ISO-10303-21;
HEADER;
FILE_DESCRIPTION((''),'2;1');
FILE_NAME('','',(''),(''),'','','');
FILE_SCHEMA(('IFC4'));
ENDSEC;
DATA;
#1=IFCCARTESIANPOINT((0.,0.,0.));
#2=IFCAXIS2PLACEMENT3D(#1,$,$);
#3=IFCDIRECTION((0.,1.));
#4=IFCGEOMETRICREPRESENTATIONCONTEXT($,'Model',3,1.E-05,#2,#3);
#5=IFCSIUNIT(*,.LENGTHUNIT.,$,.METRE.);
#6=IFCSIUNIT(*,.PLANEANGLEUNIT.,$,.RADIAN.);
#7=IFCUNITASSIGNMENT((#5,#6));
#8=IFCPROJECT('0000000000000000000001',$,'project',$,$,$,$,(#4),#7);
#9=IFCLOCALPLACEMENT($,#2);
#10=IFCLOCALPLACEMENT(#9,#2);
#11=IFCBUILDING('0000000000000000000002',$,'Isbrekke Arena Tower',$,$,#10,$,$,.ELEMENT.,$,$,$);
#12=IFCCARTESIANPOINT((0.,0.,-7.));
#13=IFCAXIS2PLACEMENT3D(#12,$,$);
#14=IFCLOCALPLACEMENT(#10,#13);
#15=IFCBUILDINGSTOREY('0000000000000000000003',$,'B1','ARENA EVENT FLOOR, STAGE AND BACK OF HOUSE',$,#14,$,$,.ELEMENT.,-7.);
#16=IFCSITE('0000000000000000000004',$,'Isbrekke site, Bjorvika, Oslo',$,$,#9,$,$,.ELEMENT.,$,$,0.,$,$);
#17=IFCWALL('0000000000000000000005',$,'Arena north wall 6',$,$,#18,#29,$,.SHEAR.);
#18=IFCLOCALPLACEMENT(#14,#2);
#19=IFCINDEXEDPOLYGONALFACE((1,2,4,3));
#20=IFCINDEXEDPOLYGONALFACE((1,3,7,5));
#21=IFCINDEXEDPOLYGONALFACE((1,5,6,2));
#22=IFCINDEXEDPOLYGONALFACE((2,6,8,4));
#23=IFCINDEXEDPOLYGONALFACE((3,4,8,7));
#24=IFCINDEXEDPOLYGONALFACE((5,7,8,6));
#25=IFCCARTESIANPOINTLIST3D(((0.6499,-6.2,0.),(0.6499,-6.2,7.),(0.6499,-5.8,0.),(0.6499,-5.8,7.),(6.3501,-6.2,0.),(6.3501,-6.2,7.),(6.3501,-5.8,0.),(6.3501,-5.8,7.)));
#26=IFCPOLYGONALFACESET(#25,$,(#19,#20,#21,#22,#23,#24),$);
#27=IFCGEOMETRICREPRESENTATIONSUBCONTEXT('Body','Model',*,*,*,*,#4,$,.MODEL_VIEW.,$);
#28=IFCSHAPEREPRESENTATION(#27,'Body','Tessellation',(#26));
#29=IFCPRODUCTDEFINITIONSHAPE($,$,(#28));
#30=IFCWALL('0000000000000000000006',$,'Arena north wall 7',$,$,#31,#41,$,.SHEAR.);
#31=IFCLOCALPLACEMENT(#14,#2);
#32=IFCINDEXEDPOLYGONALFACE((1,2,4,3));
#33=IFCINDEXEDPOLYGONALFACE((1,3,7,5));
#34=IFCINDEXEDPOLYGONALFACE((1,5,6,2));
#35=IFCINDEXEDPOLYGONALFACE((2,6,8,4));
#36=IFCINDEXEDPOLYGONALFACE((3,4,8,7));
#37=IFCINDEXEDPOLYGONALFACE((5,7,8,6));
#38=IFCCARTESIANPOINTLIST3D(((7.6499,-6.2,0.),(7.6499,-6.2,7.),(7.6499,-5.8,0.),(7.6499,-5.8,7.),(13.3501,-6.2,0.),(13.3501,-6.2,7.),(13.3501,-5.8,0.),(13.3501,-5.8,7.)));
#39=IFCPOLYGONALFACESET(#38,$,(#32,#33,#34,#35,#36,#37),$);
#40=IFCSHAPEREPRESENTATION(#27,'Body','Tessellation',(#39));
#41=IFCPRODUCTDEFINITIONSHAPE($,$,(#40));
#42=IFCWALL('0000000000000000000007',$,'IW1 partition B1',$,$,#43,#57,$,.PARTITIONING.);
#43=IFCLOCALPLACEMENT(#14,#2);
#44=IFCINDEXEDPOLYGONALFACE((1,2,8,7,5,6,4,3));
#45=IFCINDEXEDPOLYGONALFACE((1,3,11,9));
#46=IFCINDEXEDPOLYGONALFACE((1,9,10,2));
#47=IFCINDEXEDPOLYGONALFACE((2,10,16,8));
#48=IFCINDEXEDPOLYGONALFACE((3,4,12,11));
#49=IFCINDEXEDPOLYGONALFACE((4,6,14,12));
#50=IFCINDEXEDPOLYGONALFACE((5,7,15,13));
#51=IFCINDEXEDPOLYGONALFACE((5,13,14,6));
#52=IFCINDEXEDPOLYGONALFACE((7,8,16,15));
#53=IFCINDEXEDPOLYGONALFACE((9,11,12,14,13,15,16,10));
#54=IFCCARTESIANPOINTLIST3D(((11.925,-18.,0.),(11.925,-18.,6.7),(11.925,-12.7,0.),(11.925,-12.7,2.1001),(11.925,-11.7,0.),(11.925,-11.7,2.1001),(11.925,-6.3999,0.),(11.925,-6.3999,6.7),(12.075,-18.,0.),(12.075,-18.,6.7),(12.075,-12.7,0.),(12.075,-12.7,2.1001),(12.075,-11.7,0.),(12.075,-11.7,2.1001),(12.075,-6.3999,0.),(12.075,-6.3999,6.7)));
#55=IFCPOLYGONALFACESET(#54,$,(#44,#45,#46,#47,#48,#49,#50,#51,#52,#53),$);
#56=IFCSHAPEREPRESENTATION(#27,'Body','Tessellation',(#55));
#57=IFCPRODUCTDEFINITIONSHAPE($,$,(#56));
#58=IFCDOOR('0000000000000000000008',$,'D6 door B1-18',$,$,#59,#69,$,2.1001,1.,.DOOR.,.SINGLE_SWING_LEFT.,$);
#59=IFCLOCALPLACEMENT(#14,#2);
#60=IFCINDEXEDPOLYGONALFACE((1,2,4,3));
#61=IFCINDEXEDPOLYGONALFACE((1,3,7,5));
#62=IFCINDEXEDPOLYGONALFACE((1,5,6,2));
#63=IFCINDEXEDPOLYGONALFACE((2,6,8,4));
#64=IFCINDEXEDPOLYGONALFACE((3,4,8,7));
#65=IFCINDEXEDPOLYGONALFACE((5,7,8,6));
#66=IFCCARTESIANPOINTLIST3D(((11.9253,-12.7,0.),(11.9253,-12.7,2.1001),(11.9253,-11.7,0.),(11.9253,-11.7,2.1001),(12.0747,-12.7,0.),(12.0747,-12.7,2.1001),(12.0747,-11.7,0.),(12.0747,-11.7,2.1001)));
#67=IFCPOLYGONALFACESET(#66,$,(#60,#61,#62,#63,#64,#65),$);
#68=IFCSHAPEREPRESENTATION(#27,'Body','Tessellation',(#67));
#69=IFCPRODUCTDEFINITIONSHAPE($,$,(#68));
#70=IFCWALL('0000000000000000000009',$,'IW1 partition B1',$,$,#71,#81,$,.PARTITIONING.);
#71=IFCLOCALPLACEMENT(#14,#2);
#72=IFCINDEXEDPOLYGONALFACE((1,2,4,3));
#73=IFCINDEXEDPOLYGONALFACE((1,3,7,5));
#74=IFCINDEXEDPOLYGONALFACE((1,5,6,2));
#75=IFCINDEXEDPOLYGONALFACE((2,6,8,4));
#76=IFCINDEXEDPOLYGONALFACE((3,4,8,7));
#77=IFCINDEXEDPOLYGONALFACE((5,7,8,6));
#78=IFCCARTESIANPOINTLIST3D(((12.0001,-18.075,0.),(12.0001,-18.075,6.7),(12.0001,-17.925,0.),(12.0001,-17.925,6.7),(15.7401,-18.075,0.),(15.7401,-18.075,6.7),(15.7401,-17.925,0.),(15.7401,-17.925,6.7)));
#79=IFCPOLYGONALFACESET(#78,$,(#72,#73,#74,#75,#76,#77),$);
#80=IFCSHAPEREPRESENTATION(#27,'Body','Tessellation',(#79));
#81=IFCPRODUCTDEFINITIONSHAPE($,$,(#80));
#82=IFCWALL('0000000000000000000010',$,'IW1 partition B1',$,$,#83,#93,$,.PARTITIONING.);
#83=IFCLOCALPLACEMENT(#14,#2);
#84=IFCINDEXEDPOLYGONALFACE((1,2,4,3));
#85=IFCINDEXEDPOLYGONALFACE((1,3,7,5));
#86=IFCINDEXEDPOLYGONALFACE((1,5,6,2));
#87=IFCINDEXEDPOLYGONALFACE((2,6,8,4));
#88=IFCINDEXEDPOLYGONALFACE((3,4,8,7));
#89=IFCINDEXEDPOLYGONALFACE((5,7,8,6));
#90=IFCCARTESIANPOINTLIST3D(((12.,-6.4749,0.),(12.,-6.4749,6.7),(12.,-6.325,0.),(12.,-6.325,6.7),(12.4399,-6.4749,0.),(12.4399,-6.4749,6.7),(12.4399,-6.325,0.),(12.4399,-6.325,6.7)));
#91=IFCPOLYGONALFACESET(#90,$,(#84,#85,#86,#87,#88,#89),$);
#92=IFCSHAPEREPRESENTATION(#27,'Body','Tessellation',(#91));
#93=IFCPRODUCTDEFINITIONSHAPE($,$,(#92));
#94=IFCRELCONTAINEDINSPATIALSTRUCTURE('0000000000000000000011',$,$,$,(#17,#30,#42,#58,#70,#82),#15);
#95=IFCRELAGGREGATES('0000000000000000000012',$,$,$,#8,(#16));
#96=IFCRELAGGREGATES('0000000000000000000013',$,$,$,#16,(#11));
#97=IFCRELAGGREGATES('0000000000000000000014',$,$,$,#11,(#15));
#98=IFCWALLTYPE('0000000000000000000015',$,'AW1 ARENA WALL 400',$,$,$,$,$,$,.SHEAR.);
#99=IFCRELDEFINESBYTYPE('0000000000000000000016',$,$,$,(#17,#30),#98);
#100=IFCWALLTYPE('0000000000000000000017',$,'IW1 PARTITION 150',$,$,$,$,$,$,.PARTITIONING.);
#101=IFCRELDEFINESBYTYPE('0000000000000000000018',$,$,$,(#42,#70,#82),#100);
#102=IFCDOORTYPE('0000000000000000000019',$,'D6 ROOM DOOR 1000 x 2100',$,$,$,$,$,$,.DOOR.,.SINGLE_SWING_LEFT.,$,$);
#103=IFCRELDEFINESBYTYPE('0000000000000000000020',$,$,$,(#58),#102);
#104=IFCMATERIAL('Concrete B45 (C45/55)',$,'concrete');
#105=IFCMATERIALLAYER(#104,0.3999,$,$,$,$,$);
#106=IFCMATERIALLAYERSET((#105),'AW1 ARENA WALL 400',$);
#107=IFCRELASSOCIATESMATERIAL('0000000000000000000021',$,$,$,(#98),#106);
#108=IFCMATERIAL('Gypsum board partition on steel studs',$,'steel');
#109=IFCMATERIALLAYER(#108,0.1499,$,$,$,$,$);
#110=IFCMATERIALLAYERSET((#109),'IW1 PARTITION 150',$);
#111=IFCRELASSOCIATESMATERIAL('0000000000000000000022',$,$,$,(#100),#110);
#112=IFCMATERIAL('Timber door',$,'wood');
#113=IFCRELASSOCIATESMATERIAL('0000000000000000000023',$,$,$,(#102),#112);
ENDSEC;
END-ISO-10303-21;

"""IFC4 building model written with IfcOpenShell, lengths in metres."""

from ifc_helpers import new_model, si_unit, direction, frame, frame_2d, origin, place, context, subcontext, project, spatial, rectangle, extrude, material, layer, layer_set, type_object, element, fill, save


model = new_model("IFC4")

# Units and contexts
model_context = context("Model", 3, precision=1e-05, world=origin(), true_north=direction((0.0, 1.0)))
body_context = subcontext(model_context, "Body", "Model", "MODEL_VIEW")
ifc_project = project(units=[si_unit("LENGTHUNIT", "METRE"), si_unit("PLANEANGLEUNIT", "RADIAN")], contexts=[model_context])

# Site, building, storey
site_placement = place(None, origin())
site = spatial("IfcSite", under=ifc_project, at=site_placement, Name="Isbrekke site, Bjorvika, Oslo", CompositionType="ELEMENT", RefElevation=0.0)
building_placement = place(site_placement, origin())
building = spatial("IfcBuilding", under=site, at=building_placement, Name="Isbrekke Arena Tower", CompositionType="ELEMENT")
storey_placement = place(building_placement, frame((0.0, 0.0, -7.0)))
storey = spatial("IfcBuildingStorey", under=building, at=storey_placement, Name="B1", Description="ARENA EVENT FLOOR, STAGE AND BACK OF HOUSE", CompositionType="ELEMENT", Elevation=-7.0)

# Walls
ifc_material_1 = material(Name="Concrete B45 (C45/55)", Category="concrete")
ifc_layer_1 = layer(ifc_material_1, 0.3999)
ifc_layer_set_1 = layer_set([ifc_layer_1], Name="AW1 ARENA WALL 400")
wall_type_1 = type_object("IfcWallType", Name="AW1 ARENA WALL 400", PredefinedType="SHEAR", material=ifc_layer_set_1)
for number, where, z_axis, x_axis, name in (
    (1, (0.6499, -6.0, 0.0), (0.0, 0.0, 1.0), (1.0, 0.0, 0.0), "Arena north wall 6"),
    (2, (7.6499, -6.0, 0.0), (0.0, 0.0, 1.0), (1.0, 0.0, 0.0), "Arena north wall 7"),
):
    element("IfcWall", number, at=place(storey_placement, frame(where, z_axis=z_axis, x_axis=x_axis)), inside=storey, type_object=wall_type_1, Name=name, PredefinedType="SHEAR", context=body_context, shape_type="SweptSolid", body=[
        extrude(rectangle(XDim=5.7002, YDim=0.3999, at=frame_2d((2.8501, 0.0))), origin(), (0.0, 0.0, 1.0), 7.0),
    ])

# Wall, opening, door
ifc_material_2 = material(Name="Gypsum board partition on steel studs", Category="steel")
ifc_layer_2 = layer(ifc_material_2, 0.1499)
ifc_layer_set_2 = layer_set([ifc_layer_2], Name="IW1 PARTITION 150")
wall_type_2 = type_object("IfcWallType", Name="IW1 PARTITION 150", PredefinedType="PARTITIONING", material=ifc_layer_set_2)
wall_1_placement = place(storey_placement, frame((12.0, -18.0, 0.0), z_axis=(0.0, 0.0, 1.0), x_axis=(0.0, 1.0, 0.0)))
wall_1 = element("IfcWall", 3, at=wall_1_placement, inside=storey, type_object=wall_type_2, Name="IW1 partition B1", PredefinedType="PARTITIONING", context=body_context, shape_type="SweptSolid", body=[
    extrude(rectangle(XDim=11.6001, YDim=0.1499, at=frame_2d((5.8, 0.0))), origin(), (0.0, 0.0, 1.0), 6.7),
])
opening_placement = place(wall_1_placement, frame((5.3, 0.0, 0.0)))
opening = element("IfcOpeningElement", 4, at=opening_placement, cuts=wall_1, PredefinedType="OPENING", context=body_context, shape_type="SweptSolid", body=[
    extrude(rectangle(XDim=1.0, YDim=2.1001, at=frame_2d((0.5, 1.05))), frame((0.0, 0.0898, 0.0), z_axis=(0.0, -1.0, 0.0), x_axis=(1.0, 0.0, 0.0)), (0.0, 0.0, 1.0), 0.1797),
])
ifc_material_3 = material(Name="Timber door", Category="wood")
door_type = type_object("IfcDoorType", Name="D6 ROOM DOOR 1000 x 2100", OperationType="SINGLE_SWING_LEFT", PredefinedType="DOOR", material=ifc_material_3)
door_placement = place(opening_placement, origin())
door = element("IfcDoor", 5, at=door_placement, inside=storey, type_object=door_type, Name="D6 door B1-18", OperationType="SINGLE_SWING_LEFT", OverallHeight=2.1001, OverallWidth=1.0, PredefinedType="DOOR", context=body_context, shape_type="SweptSolid", body=[
    extrude(rectangle(XDim=1.0, YDim=2.1001, at=frame_2d((0.5, 1.05))), frame((0.0, 0.0747, 0.0), z_axis=(0.0, -1.0, 0.0), x_axis=(1.0, 0.0, 0.0)), (0.0, 0.0, 1.0), 0.1494),
])
fill(opening, door)

# Walls
wall_2_placement = place(storey_placement, frame((12.0, -18.0, 0.0), z_axis=(0.0, 0.0, 1.0), x_axis=(1.0, 0.0, 0.0)))
element("IfcWall", 6, at=wall_2_placement, inside=storey, type_object=wall_type_2, Name="IW1 partition B1", PredefinedType="PARTITIONING", context=body_context, shape_type="SweptSolid", body=[
    extrude(rectangle(XDim=3.74, YDim=0.1499, at=frame_2d((1.8701, 0.0))), origin(), (0.0, 0.0, 1.0), 6.7),
])
wall_3_placement = place(storey_placement, frame((12.0, -6.3999, 0.0), z_axis=(0.0, 0.0, 1.0), x_axis=(1.0, 0.0, 0.0)))
element("IfcWall", 7, at=wall_3_placement, inside=storey, type_object=wall_type_2, Name="IW1 partition B1", PredefinedType="PARTITIONING", context=body_context, shape_type="SweptSolid", body=[
    extrude(rectangle(XDim=0.4399, YDim=0.1499, at=frame_2d((0.22, 0.0))), origin(), (0.0, 0.0, 1.0), 6.7),
])

save(model, "model.ifc")
